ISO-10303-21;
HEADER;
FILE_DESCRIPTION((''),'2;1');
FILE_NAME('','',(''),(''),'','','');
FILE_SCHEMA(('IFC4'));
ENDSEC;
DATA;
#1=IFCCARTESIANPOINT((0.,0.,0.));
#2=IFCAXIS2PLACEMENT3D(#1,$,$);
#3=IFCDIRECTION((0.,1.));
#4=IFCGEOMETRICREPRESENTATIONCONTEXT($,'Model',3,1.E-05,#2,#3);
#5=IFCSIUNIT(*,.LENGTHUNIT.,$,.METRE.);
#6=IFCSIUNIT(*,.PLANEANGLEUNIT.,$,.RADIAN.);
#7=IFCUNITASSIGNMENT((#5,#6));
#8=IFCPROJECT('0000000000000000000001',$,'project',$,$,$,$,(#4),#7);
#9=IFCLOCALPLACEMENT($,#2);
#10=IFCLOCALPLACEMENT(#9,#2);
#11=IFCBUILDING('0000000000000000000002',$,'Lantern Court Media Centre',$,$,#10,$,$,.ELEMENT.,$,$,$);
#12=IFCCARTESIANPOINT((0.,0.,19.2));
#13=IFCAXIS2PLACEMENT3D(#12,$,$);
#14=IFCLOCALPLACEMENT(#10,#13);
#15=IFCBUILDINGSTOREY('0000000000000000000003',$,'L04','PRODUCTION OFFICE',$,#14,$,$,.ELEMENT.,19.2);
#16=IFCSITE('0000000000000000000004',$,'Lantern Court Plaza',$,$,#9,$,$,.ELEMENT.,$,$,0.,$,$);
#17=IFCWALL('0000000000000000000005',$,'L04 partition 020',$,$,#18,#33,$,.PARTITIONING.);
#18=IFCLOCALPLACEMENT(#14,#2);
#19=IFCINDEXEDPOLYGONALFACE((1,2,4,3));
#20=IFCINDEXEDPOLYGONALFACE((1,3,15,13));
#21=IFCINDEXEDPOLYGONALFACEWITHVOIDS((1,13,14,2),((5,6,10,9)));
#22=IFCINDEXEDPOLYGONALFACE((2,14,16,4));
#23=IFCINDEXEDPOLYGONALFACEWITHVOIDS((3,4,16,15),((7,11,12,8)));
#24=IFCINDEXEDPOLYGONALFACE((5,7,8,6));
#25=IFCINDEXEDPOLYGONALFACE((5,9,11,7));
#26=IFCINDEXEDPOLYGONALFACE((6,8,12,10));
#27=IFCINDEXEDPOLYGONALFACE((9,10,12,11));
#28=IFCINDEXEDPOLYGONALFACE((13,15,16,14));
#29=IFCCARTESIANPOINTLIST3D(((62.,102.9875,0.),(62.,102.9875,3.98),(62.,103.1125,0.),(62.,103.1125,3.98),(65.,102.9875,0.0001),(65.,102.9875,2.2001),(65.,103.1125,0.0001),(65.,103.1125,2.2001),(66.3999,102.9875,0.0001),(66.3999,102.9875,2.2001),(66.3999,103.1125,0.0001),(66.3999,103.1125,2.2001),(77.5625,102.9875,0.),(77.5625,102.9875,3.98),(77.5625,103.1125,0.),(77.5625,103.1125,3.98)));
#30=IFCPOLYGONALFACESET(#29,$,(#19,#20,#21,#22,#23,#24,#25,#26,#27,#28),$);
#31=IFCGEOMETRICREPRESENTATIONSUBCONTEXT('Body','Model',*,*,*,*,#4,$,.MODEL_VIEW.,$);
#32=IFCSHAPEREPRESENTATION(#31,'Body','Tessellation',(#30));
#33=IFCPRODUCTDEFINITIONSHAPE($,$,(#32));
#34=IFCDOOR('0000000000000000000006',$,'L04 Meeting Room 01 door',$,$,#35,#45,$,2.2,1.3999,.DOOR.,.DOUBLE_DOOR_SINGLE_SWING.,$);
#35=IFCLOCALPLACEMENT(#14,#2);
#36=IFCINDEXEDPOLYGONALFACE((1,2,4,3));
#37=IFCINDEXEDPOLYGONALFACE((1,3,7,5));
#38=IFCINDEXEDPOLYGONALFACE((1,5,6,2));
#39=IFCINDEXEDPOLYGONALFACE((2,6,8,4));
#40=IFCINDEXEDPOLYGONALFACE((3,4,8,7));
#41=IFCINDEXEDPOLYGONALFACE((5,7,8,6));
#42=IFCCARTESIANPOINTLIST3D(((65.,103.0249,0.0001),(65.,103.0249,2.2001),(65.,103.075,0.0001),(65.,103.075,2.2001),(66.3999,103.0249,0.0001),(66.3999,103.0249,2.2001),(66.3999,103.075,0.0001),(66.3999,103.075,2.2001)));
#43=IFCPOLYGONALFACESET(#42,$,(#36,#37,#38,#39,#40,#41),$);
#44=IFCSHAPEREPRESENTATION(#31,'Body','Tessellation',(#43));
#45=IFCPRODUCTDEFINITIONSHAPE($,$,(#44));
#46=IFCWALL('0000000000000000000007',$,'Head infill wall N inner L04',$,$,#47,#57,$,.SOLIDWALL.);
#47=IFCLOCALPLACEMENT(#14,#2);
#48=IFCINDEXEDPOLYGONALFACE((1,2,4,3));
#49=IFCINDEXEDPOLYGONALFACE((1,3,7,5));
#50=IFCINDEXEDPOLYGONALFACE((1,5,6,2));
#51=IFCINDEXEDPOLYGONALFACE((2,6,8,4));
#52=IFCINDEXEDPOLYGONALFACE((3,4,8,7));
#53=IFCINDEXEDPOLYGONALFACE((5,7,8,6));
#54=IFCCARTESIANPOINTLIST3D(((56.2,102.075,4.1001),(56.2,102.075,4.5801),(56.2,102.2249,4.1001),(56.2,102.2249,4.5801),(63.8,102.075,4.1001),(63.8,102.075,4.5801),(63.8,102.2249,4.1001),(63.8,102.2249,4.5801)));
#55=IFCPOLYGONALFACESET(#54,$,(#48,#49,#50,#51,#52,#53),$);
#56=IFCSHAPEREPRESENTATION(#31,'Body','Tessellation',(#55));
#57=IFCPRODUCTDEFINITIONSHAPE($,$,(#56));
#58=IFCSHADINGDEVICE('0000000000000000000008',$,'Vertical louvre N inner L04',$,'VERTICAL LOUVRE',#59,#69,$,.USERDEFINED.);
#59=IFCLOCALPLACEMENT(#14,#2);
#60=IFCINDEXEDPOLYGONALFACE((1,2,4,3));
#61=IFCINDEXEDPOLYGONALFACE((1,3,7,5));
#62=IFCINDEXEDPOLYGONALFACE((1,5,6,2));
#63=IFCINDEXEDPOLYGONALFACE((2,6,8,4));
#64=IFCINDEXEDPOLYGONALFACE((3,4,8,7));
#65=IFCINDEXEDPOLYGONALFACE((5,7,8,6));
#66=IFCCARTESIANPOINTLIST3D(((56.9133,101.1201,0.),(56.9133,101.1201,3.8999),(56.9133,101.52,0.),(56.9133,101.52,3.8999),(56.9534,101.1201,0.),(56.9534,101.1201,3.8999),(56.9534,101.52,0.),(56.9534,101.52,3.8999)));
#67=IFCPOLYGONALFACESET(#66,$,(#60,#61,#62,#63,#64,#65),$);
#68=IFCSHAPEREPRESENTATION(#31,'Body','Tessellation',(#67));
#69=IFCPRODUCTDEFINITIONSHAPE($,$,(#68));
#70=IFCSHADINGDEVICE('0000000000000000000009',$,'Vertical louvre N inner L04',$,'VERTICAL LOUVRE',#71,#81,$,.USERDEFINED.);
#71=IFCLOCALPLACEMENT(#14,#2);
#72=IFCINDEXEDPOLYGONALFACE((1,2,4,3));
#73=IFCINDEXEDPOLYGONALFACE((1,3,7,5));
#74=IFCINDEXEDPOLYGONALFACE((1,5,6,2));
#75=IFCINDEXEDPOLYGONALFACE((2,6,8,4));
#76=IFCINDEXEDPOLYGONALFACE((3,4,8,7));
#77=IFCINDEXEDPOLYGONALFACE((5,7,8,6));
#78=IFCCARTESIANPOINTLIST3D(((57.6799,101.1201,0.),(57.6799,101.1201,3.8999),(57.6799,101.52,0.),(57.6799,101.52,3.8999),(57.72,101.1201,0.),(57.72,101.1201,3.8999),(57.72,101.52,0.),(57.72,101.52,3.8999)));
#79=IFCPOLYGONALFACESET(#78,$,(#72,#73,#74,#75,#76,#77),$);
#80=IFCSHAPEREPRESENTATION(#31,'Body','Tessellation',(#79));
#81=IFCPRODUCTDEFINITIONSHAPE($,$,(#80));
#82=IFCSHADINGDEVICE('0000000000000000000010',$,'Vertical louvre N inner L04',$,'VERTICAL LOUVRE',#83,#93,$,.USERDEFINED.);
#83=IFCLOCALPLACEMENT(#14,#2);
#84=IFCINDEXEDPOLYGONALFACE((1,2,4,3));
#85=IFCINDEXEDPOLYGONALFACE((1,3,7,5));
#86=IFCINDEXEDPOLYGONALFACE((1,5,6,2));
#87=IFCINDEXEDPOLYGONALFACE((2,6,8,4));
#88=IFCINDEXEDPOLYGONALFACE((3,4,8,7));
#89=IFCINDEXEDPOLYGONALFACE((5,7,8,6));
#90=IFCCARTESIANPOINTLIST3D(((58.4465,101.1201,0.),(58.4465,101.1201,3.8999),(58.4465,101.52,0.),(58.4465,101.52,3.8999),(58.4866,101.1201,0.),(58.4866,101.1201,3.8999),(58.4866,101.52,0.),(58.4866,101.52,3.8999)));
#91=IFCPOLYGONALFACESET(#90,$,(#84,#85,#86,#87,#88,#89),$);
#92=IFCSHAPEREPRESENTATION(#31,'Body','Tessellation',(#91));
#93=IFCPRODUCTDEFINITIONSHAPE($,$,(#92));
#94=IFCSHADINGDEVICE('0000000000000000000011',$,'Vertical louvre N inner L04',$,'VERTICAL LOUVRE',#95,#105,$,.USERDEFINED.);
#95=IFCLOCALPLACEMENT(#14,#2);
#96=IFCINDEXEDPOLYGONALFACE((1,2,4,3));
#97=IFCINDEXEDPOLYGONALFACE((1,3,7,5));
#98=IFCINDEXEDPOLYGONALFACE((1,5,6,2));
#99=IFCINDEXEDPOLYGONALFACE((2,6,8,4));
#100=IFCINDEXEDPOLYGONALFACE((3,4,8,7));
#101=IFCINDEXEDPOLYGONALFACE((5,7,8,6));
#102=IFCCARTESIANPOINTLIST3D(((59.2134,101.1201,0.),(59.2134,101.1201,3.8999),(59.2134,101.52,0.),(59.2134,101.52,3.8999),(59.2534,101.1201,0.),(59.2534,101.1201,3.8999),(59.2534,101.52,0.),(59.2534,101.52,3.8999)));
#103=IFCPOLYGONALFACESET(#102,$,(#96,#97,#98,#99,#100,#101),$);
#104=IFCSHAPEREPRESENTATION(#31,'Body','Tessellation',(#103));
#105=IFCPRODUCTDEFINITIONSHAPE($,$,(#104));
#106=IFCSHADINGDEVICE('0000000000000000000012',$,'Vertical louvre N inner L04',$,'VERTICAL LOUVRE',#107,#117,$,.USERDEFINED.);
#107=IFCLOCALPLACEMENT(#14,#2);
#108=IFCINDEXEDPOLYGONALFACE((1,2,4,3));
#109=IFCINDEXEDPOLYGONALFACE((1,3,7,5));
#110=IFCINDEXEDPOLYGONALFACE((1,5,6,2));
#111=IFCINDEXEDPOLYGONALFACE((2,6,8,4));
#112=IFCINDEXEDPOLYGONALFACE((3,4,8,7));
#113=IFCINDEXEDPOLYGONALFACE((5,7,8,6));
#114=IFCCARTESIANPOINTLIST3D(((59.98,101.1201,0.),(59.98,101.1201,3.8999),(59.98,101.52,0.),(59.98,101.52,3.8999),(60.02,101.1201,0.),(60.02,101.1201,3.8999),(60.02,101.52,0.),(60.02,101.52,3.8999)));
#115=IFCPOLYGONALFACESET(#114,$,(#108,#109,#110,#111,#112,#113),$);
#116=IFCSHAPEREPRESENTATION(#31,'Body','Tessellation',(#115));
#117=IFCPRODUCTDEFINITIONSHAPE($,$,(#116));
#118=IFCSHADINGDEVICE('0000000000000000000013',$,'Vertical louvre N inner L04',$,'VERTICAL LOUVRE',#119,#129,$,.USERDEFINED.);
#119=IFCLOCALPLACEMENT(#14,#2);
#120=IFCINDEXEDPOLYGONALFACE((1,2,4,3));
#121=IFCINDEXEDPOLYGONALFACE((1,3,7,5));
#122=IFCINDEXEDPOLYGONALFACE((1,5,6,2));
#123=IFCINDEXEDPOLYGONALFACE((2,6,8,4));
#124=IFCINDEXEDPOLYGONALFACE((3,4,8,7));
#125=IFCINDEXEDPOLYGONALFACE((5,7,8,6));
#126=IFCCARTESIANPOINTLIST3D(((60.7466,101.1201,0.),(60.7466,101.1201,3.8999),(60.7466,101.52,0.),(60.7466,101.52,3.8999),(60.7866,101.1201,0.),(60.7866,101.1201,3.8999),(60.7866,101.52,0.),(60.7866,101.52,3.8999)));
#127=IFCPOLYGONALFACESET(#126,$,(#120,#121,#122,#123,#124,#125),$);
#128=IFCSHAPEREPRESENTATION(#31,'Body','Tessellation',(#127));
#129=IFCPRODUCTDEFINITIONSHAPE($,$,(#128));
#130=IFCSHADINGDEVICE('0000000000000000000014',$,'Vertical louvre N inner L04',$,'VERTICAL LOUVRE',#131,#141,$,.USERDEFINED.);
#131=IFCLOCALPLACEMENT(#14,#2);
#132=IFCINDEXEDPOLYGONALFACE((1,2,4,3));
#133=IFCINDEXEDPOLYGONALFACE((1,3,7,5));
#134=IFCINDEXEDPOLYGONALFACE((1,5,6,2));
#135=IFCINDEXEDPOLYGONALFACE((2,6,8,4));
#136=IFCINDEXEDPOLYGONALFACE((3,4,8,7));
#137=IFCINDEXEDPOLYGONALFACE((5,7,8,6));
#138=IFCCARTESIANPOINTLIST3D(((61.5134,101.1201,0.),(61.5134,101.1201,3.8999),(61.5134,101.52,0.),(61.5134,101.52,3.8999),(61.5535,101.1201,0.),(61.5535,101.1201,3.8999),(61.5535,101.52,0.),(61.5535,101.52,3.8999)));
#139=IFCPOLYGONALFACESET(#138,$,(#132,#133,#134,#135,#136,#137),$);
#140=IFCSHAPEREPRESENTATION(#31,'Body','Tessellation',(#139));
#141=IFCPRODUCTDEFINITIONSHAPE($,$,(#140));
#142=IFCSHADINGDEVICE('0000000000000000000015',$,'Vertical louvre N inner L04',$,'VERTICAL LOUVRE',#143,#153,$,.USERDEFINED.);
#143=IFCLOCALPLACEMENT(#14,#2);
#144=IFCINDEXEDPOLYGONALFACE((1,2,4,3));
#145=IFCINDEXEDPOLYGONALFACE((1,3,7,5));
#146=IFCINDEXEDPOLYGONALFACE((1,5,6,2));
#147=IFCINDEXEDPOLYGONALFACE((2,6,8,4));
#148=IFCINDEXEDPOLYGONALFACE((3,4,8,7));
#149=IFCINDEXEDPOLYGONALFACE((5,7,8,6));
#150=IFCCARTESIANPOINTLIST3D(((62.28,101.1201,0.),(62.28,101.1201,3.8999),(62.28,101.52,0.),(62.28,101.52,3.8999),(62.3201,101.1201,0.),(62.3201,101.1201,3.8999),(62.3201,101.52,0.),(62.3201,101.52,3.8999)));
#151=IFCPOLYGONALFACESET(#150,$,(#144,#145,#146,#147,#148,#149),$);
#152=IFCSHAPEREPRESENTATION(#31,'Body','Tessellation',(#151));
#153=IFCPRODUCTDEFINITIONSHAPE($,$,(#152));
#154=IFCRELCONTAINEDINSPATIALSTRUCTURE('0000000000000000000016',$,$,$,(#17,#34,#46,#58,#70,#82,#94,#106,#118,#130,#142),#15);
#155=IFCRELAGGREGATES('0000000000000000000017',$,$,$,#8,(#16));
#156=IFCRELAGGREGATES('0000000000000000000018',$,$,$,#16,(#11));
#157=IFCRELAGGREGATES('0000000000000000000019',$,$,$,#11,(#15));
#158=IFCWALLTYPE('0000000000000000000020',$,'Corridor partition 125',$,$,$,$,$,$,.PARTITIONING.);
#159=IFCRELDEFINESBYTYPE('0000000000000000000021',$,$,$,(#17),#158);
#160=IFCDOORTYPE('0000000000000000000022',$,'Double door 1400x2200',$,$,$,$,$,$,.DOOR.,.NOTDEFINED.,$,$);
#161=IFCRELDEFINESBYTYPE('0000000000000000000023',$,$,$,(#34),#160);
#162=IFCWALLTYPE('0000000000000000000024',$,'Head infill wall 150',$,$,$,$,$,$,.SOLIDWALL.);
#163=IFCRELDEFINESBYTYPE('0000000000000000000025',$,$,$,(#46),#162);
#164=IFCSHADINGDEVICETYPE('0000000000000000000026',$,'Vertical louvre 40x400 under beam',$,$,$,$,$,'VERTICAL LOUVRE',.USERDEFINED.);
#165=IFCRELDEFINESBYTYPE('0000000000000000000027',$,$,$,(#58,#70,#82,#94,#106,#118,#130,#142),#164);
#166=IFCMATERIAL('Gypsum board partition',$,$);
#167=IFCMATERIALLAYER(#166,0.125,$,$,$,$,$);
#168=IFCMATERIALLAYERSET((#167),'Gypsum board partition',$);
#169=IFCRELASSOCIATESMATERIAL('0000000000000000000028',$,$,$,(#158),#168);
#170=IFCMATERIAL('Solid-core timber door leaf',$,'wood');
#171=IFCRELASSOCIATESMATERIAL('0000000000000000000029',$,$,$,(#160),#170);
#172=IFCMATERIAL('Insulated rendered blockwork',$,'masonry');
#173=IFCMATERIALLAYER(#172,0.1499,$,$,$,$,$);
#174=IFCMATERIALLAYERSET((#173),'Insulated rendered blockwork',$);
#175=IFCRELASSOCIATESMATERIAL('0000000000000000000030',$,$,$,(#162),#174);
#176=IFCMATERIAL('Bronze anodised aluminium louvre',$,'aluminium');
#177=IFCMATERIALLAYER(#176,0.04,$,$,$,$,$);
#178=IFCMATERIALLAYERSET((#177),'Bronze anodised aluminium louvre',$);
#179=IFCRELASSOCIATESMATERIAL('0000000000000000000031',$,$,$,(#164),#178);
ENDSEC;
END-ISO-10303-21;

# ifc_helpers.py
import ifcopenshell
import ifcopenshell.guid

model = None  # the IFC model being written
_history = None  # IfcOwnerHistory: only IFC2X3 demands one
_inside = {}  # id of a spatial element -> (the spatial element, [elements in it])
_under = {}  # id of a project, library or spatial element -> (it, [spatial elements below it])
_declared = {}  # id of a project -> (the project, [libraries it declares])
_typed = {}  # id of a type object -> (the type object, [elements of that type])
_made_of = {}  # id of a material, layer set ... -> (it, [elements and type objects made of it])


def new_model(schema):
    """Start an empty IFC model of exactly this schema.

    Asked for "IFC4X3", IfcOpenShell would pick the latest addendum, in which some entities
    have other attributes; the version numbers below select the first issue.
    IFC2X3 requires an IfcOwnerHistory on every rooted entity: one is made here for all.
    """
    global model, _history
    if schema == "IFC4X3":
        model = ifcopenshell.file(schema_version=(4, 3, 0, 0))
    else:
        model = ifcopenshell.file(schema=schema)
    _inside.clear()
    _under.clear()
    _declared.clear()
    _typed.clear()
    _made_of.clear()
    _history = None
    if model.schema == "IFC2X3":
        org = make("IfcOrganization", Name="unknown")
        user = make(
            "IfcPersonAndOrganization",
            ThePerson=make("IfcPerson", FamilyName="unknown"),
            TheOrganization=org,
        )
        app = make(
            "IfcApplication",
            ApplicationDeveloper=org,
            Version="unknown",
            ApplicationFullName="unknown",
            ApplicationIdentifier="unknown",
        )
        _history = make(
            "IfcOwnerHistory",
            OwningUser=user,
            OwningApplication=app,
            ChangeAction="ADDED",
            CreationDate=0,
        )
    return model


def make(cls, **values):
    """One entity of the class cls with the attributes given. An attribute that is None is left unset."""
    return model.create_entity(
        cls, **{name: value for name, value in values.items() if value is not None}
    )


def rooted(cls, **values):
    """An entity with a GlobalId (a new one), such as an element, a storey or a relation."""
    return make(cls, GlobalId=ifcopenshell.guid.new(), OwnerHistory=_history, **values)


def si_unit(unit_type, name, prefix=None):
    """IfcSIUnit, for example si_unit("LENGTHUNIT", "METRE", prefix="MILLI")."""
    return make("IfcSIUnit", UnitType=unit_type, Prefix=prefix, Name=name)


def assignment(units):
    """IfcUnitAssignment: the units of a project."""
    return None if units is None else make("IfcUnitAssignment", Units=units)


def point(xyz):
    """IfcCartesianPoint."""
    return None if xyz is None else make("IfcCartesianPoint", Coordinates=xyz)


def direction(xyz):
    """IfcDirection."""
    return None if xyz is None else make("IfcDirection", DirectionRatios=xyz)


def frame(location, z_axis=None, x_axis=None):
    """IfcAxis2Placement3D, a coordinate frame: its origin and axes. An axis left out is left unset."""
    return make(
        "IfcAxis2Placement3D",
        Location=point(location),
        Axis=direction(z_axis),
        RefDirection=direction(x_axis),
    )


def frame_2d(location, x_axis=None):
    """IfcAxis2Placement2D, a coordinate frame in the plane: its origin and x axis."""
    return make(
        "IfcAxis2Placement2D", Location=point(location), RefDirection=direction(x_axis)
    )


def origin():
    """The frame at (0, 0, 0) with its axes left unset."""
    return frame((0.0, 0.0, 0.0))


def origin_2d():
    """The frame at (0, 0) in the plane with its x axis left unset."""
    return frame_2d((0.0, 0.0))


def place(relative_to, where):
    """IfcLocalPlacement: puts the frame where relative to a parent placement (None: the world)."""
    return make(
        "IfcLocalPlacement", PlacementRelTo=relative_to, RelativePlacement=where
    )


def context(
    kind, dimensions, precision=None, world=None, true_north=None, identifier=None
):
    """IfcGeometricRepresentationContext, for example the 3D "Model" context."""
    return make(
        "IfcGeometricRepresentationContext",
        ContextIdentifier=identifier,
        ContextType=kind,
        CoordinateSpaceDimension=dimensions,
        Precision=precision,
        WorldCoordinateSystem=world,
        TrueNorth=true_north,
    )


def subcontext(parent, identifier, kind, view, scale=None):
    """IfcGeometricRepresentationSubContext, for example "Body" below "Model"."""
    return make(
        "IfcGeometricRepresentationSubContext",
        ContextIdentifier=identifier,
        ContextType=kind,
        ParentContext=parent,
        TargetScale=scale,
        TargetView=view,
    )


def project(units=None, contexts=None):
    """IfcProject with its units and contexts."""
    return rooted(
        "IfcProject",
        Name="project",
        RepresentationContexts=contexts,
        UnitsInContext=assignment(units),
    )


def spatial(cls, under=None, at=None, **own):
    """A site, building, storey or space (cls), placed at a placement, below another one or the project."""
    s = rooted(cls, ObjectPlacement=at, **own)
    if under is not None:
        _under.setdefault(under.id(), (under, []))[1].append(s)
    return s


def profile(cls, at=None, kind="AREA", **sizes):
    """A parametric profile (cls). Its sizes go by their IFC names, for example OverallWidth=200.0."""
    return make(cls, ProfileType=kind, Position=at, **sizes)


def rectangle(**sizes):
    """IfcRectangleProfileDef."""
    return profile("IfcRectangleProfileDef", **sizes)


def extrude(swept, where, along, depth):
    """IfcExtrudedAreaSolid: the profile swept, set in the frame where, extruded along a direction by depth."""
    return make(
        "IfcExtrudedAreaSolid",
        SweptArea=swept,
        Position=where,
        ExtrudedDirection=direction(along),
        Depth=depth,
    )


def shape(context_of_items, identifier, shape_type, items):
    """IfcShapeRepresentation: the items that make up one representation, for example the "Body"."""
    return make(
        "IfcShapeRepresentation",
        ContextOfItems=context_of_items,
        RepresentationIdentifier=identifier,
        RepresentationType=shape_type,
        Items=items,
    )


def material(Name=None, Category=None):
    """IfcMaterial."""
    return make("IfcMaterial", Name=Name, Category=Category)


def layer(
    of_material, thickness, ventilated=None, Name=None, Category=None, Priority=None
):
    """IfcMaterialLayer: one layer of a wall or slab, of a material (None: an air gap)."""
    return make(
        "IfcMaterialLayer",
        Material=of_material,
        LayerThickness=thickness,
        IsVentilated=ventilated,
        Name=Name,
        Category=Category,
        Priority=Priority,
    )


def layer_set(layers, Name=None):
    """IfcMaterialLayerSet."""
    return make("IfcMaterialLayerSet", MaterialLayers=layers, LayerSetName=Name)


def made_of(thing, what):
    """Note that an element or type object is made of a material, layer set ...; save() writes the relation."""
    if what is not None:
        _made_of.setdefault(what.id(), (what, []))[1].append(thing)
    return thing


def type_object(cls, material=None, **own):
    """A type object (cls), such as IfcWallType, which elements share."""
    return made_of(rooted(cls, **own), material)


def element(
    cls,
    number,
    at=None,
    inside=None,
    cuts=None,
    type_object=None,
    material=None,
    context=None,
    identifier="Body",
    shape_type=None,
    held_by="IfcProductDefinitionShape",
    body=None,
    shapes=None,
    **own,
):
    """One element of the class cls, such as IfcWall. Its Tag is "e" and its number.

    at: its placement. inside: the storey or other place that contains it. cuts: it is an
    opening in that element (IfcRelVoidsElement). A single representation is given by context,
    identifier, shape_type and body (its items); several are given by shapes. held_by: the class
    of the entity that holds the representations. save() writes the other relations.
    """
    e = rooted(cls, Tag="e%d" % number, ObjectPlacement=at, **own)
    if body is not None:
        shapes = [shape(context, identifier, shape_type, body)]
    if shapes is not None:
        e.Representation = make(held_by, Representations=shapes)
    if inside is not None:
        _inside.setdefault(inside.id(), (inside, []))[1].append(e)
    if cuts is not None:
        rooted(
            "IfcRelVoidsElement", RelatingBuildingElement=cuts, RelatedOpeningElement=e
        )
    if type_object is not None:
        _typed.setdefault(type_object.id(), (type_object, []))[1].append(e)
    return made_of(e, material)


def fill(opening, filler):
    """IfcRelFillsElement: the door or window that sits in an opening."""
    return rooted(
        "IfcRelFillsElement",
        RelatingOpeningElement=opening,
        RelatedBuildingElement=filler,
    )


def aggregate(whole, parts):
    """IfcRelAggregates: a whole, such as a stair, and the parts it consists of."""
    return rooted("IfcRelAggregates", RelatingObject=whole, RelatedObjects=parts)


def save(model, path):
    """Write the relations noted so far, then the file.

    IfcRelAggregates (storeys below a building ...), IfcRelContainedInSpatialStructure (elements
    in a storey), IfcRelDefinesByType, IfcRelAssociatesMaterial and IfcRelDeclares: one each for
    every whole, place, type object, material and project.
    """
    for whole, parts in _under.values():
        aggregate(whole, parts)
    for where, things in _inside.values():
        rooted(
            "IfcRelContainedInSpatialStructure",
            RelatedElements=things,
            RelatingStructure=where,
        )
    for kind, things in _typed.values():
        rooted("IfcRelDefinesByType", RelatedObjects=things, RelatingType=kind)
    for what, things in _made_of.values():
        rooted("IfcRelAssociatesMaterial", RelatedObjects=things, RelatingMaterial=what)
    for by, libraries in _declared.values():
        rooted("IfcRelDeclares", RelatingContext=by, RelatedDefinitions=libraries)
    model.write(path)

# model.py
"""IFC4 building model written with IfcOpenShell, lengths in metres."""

from ifc_helpers import new_model, si_unit, direction, frame, frame_2d, origin, origin_2d, place, context, subcontext, project, spatial, rectangle, extrude, material, layer, layer_set, type_object, element, fill, save


model = new_model("IFC4")

# Units and contexts
model_context = context("Model", 3, precision=1e-05, world=origin(), true_north=direction((0.0, 1.0)))
body_context = subcontext(model_context, "Body", "Model", "MODEL_VIEW")
ifc_project = project(units=[si_unit("LENGTHUNIT", "METRE"), si_unit("PLANEANGLEUNIT", "RADIAN")], contexts=[model_context])

# Site, building, storey
site_placement = place(None, origin())
site = spatial("IfcSite", under=ifc_project, at=site_placement, Name="Lantern Court Plaza", CompositionType="ELEMENT", RefElevation=0.0)
building_placement = place(site_placement, origin())
building = spatial("IfcBuilding", under=site, at=building_placement, Name="Lantern Court Media Centre", CompositionType="ELEMENT")
storey_placement = place(building_placement, frame((0.0, 0.0, 19.2)))
storey = spatial("IfcBuildingStorey", under=building, at=storey_placement, Name="L04", Description="PRODUCTION OFFICE", CompositionType="ELEMENT", Elevation=19.2)

# Wall, opening, door
ifc_material_1 = material(Name="Gypsum board partition")
ifc_layer_1 = layer(ifc_material_1, 0.125)
ifc_layer_set_1 = layer_set([ifc_layer_1], Name="Gypsum board partition")
wall_type_1 = type_object("IfcWallType", Name="Corridor partition 125", PredefinedType="PARTITIONING", material=ifc_layer_set_1)
wall_1_placement = place(storey_placement, frame((62.0, 103.05, 0.0), z_axis=(0.0, 0.0, 1.0), x_axis=(1.0, 0.0, 0.0)))
wall_1 = element("IfcWall", 1, at=wall_1_placement, inside=storey, type_object=wall_type_1, Name="L04 partition 020", PredefinedType="PARTITIONING", context=body_context, shape_type="SweptSolid", body=[
    extrude(rectangle(XDim=15.5625, YDim=0.125, at=frame_2d((7.7812, 0.0))), origin(), (0.0, 0.0, 1.0), 3.98),
])
opening_placement = place(wall_1_placement, frame((3.0, 0.0, 0.0)))
opening = element("IfcOpeningElement", 2, at=opening_placement, cuts=wall_1, PredefinedType="OPENING", context=body_context, shape_type="SweptSolid", body=[
    extrude(rectangle(XDim=1.3999, YDim=2.2, at=frame_2d((0.7, 1.1001))), frame((0.0, 0.0725, 0.0), z_axis=(0.0, -1.0, 0.0), x_axis=(1.0, 0.0, 0.0)), (0.0, 0.0, 1.0), 0.145),
])
ifc_material_2 = material(Name="Solid-core timber door leaf", Category="wood")
door_type = type_object("IfcDoorType", Name="Double door 1400x2200", OperationType="NOTDEFINED", PredefinedType="DOOR", material=ifc_material_2)
door_placement = place(opening_placement, origin())
door = element("IfcDoor", 3, at=door_placement, inside=storey, type_object=door_type, Name="L04 Meeting Room 01 door", OperationType="DOUBLE_DOOR_SINGLE_SWING", OverallHeight=2.2, OverallWidth=1.3999, PredefinedType="DOOR", context=body_context, shape_type="SweptSolid", body=[
    extrude(rectangle(XDim=1.3999, YDim=2.2, at=frame_2d((0.7, 1.1001))), frame((0.0, 0.0249, 0.0), z_axis=(0.0, -1.0, 0.0), x_axis=(1.0, 0.0, 0.0)), (0.0, 0.0, 1.0), 0.05),
])
fill(opening, door)

# Wall
ifc_material_3 = material(Name="Insulated rendered blockwork", Category="masonry")
ifc_layer_2 = layer(ifc_material_3, 0.1499)
ifc_layer_set_2 = layer_set([ifc_layer_2], Name="Insulated rendered blockwork")
wall_type_2 = type_object("IfcWallType", Name="Head infill wall 150", PredefinedType="SOLIDWALL", material=ifc_layer_set_2)
wall_2_placement = place(storey_placement, frame((56.2, 102.1499, 4.1001), z_axis=(0.0, 0.0, 1.0), x_axis=(1.0, 0.0, 0.0)))
element("IfcWall", 4, at=wall_2_placement, inside=storey, type_object=wall_type_2, Name="Head infill wall N inner L04", PredefinedType="SOLIDWALL", context=body_context, shape_type="SweptSolid", body=[
    extrude(rectangle(XDim=7.6001, YDim=0.1499, at=frame_2d((3.8, 0.0))), origin(), (0.0, 0.0, 1.0), 0.48),
])

# Shading devices
ifc_material_4 = material(Name="Bronze anodised aluminium louvre", Category="aluminium")
ifc_layer_3 = layer(ifc_material_4, 0.04)
ifc_layer_set_3 = layer_set([ifc_layer_3], Name="Bronze anodised aluminium louvre")
shading_device_type = type_object("IfcShadingDeviceType", Name="Vertical louvre 40x400 under beam", ElementType="VERTICAL LOUVRE", PredefinedType="USERDEFINED", material=ifc_layer_set_3)
for number, where, z_axis, x_axis, name in (
    (5, (56.9333, 101.3201, 0.0), (0.0, 0.0, 1.0), (1.0, 0.0, 0.0), "Vertical louvre N inner L04"),
    (6, (57.7, 101.3201, 0.0), (0.0, 0.0, 1.0), (1.0, 0.0, 0.0), "Vertical louvre N inner L04"),
    (7, (58.4666, 101.3201, 0.0), (0.0, 0.0, 1.0), (1.0, 0.0, 0.0), "Vertical louvre N inner L04"),
    (8, (59.2334, 101.3201, 0.0), (0.0, 0.0, 1.0), (1.0, 0.0, 0.0), "Vertical louvre N inner L04"),
    (9, (60.0, 101.3201, 0.0), (0.0, 0.0, 1.0), (1.0, 0.0, 0.0), "Vertical louvre N inner L04"),
    (10, (60.7666, 101.3201, 0.0), (0.0, 0.0, 1.0), (1.0, 0.0, 0.0), "Vertical louvre N inner L04"),
    (11, (61.5334, 101.3201, 0.0), (0.0, 0.0, 1.0), (1.0, 0.0, 0.0), "Vertical louvre N inner L04"),
    (12, (62.3, 101.3201, 0.0), (0.0, 0.0, 1.0), (1.0, 0.0, 0.0), "Vertical louvre N inner L04"),
):
    element("IfcShadingDevice", number, at=place(storey_placement, frame(where, z_axis=z_axis, x_axis=x_axis)), inside=storey, type_object=shading_device_type, Name=name, ObjectType="VERTICAL LOUVRE", PredefinedType="USERDEFINED", context=body_context, shape_type="SweptSolid", body=[
        extrude(rectangle(XDim=0.04, YDim=0.3999, at=origin_2d()), origin(), (0.0, 0.0, 1.0), 3.8999),
    ])

save(model, "model.ifc")
